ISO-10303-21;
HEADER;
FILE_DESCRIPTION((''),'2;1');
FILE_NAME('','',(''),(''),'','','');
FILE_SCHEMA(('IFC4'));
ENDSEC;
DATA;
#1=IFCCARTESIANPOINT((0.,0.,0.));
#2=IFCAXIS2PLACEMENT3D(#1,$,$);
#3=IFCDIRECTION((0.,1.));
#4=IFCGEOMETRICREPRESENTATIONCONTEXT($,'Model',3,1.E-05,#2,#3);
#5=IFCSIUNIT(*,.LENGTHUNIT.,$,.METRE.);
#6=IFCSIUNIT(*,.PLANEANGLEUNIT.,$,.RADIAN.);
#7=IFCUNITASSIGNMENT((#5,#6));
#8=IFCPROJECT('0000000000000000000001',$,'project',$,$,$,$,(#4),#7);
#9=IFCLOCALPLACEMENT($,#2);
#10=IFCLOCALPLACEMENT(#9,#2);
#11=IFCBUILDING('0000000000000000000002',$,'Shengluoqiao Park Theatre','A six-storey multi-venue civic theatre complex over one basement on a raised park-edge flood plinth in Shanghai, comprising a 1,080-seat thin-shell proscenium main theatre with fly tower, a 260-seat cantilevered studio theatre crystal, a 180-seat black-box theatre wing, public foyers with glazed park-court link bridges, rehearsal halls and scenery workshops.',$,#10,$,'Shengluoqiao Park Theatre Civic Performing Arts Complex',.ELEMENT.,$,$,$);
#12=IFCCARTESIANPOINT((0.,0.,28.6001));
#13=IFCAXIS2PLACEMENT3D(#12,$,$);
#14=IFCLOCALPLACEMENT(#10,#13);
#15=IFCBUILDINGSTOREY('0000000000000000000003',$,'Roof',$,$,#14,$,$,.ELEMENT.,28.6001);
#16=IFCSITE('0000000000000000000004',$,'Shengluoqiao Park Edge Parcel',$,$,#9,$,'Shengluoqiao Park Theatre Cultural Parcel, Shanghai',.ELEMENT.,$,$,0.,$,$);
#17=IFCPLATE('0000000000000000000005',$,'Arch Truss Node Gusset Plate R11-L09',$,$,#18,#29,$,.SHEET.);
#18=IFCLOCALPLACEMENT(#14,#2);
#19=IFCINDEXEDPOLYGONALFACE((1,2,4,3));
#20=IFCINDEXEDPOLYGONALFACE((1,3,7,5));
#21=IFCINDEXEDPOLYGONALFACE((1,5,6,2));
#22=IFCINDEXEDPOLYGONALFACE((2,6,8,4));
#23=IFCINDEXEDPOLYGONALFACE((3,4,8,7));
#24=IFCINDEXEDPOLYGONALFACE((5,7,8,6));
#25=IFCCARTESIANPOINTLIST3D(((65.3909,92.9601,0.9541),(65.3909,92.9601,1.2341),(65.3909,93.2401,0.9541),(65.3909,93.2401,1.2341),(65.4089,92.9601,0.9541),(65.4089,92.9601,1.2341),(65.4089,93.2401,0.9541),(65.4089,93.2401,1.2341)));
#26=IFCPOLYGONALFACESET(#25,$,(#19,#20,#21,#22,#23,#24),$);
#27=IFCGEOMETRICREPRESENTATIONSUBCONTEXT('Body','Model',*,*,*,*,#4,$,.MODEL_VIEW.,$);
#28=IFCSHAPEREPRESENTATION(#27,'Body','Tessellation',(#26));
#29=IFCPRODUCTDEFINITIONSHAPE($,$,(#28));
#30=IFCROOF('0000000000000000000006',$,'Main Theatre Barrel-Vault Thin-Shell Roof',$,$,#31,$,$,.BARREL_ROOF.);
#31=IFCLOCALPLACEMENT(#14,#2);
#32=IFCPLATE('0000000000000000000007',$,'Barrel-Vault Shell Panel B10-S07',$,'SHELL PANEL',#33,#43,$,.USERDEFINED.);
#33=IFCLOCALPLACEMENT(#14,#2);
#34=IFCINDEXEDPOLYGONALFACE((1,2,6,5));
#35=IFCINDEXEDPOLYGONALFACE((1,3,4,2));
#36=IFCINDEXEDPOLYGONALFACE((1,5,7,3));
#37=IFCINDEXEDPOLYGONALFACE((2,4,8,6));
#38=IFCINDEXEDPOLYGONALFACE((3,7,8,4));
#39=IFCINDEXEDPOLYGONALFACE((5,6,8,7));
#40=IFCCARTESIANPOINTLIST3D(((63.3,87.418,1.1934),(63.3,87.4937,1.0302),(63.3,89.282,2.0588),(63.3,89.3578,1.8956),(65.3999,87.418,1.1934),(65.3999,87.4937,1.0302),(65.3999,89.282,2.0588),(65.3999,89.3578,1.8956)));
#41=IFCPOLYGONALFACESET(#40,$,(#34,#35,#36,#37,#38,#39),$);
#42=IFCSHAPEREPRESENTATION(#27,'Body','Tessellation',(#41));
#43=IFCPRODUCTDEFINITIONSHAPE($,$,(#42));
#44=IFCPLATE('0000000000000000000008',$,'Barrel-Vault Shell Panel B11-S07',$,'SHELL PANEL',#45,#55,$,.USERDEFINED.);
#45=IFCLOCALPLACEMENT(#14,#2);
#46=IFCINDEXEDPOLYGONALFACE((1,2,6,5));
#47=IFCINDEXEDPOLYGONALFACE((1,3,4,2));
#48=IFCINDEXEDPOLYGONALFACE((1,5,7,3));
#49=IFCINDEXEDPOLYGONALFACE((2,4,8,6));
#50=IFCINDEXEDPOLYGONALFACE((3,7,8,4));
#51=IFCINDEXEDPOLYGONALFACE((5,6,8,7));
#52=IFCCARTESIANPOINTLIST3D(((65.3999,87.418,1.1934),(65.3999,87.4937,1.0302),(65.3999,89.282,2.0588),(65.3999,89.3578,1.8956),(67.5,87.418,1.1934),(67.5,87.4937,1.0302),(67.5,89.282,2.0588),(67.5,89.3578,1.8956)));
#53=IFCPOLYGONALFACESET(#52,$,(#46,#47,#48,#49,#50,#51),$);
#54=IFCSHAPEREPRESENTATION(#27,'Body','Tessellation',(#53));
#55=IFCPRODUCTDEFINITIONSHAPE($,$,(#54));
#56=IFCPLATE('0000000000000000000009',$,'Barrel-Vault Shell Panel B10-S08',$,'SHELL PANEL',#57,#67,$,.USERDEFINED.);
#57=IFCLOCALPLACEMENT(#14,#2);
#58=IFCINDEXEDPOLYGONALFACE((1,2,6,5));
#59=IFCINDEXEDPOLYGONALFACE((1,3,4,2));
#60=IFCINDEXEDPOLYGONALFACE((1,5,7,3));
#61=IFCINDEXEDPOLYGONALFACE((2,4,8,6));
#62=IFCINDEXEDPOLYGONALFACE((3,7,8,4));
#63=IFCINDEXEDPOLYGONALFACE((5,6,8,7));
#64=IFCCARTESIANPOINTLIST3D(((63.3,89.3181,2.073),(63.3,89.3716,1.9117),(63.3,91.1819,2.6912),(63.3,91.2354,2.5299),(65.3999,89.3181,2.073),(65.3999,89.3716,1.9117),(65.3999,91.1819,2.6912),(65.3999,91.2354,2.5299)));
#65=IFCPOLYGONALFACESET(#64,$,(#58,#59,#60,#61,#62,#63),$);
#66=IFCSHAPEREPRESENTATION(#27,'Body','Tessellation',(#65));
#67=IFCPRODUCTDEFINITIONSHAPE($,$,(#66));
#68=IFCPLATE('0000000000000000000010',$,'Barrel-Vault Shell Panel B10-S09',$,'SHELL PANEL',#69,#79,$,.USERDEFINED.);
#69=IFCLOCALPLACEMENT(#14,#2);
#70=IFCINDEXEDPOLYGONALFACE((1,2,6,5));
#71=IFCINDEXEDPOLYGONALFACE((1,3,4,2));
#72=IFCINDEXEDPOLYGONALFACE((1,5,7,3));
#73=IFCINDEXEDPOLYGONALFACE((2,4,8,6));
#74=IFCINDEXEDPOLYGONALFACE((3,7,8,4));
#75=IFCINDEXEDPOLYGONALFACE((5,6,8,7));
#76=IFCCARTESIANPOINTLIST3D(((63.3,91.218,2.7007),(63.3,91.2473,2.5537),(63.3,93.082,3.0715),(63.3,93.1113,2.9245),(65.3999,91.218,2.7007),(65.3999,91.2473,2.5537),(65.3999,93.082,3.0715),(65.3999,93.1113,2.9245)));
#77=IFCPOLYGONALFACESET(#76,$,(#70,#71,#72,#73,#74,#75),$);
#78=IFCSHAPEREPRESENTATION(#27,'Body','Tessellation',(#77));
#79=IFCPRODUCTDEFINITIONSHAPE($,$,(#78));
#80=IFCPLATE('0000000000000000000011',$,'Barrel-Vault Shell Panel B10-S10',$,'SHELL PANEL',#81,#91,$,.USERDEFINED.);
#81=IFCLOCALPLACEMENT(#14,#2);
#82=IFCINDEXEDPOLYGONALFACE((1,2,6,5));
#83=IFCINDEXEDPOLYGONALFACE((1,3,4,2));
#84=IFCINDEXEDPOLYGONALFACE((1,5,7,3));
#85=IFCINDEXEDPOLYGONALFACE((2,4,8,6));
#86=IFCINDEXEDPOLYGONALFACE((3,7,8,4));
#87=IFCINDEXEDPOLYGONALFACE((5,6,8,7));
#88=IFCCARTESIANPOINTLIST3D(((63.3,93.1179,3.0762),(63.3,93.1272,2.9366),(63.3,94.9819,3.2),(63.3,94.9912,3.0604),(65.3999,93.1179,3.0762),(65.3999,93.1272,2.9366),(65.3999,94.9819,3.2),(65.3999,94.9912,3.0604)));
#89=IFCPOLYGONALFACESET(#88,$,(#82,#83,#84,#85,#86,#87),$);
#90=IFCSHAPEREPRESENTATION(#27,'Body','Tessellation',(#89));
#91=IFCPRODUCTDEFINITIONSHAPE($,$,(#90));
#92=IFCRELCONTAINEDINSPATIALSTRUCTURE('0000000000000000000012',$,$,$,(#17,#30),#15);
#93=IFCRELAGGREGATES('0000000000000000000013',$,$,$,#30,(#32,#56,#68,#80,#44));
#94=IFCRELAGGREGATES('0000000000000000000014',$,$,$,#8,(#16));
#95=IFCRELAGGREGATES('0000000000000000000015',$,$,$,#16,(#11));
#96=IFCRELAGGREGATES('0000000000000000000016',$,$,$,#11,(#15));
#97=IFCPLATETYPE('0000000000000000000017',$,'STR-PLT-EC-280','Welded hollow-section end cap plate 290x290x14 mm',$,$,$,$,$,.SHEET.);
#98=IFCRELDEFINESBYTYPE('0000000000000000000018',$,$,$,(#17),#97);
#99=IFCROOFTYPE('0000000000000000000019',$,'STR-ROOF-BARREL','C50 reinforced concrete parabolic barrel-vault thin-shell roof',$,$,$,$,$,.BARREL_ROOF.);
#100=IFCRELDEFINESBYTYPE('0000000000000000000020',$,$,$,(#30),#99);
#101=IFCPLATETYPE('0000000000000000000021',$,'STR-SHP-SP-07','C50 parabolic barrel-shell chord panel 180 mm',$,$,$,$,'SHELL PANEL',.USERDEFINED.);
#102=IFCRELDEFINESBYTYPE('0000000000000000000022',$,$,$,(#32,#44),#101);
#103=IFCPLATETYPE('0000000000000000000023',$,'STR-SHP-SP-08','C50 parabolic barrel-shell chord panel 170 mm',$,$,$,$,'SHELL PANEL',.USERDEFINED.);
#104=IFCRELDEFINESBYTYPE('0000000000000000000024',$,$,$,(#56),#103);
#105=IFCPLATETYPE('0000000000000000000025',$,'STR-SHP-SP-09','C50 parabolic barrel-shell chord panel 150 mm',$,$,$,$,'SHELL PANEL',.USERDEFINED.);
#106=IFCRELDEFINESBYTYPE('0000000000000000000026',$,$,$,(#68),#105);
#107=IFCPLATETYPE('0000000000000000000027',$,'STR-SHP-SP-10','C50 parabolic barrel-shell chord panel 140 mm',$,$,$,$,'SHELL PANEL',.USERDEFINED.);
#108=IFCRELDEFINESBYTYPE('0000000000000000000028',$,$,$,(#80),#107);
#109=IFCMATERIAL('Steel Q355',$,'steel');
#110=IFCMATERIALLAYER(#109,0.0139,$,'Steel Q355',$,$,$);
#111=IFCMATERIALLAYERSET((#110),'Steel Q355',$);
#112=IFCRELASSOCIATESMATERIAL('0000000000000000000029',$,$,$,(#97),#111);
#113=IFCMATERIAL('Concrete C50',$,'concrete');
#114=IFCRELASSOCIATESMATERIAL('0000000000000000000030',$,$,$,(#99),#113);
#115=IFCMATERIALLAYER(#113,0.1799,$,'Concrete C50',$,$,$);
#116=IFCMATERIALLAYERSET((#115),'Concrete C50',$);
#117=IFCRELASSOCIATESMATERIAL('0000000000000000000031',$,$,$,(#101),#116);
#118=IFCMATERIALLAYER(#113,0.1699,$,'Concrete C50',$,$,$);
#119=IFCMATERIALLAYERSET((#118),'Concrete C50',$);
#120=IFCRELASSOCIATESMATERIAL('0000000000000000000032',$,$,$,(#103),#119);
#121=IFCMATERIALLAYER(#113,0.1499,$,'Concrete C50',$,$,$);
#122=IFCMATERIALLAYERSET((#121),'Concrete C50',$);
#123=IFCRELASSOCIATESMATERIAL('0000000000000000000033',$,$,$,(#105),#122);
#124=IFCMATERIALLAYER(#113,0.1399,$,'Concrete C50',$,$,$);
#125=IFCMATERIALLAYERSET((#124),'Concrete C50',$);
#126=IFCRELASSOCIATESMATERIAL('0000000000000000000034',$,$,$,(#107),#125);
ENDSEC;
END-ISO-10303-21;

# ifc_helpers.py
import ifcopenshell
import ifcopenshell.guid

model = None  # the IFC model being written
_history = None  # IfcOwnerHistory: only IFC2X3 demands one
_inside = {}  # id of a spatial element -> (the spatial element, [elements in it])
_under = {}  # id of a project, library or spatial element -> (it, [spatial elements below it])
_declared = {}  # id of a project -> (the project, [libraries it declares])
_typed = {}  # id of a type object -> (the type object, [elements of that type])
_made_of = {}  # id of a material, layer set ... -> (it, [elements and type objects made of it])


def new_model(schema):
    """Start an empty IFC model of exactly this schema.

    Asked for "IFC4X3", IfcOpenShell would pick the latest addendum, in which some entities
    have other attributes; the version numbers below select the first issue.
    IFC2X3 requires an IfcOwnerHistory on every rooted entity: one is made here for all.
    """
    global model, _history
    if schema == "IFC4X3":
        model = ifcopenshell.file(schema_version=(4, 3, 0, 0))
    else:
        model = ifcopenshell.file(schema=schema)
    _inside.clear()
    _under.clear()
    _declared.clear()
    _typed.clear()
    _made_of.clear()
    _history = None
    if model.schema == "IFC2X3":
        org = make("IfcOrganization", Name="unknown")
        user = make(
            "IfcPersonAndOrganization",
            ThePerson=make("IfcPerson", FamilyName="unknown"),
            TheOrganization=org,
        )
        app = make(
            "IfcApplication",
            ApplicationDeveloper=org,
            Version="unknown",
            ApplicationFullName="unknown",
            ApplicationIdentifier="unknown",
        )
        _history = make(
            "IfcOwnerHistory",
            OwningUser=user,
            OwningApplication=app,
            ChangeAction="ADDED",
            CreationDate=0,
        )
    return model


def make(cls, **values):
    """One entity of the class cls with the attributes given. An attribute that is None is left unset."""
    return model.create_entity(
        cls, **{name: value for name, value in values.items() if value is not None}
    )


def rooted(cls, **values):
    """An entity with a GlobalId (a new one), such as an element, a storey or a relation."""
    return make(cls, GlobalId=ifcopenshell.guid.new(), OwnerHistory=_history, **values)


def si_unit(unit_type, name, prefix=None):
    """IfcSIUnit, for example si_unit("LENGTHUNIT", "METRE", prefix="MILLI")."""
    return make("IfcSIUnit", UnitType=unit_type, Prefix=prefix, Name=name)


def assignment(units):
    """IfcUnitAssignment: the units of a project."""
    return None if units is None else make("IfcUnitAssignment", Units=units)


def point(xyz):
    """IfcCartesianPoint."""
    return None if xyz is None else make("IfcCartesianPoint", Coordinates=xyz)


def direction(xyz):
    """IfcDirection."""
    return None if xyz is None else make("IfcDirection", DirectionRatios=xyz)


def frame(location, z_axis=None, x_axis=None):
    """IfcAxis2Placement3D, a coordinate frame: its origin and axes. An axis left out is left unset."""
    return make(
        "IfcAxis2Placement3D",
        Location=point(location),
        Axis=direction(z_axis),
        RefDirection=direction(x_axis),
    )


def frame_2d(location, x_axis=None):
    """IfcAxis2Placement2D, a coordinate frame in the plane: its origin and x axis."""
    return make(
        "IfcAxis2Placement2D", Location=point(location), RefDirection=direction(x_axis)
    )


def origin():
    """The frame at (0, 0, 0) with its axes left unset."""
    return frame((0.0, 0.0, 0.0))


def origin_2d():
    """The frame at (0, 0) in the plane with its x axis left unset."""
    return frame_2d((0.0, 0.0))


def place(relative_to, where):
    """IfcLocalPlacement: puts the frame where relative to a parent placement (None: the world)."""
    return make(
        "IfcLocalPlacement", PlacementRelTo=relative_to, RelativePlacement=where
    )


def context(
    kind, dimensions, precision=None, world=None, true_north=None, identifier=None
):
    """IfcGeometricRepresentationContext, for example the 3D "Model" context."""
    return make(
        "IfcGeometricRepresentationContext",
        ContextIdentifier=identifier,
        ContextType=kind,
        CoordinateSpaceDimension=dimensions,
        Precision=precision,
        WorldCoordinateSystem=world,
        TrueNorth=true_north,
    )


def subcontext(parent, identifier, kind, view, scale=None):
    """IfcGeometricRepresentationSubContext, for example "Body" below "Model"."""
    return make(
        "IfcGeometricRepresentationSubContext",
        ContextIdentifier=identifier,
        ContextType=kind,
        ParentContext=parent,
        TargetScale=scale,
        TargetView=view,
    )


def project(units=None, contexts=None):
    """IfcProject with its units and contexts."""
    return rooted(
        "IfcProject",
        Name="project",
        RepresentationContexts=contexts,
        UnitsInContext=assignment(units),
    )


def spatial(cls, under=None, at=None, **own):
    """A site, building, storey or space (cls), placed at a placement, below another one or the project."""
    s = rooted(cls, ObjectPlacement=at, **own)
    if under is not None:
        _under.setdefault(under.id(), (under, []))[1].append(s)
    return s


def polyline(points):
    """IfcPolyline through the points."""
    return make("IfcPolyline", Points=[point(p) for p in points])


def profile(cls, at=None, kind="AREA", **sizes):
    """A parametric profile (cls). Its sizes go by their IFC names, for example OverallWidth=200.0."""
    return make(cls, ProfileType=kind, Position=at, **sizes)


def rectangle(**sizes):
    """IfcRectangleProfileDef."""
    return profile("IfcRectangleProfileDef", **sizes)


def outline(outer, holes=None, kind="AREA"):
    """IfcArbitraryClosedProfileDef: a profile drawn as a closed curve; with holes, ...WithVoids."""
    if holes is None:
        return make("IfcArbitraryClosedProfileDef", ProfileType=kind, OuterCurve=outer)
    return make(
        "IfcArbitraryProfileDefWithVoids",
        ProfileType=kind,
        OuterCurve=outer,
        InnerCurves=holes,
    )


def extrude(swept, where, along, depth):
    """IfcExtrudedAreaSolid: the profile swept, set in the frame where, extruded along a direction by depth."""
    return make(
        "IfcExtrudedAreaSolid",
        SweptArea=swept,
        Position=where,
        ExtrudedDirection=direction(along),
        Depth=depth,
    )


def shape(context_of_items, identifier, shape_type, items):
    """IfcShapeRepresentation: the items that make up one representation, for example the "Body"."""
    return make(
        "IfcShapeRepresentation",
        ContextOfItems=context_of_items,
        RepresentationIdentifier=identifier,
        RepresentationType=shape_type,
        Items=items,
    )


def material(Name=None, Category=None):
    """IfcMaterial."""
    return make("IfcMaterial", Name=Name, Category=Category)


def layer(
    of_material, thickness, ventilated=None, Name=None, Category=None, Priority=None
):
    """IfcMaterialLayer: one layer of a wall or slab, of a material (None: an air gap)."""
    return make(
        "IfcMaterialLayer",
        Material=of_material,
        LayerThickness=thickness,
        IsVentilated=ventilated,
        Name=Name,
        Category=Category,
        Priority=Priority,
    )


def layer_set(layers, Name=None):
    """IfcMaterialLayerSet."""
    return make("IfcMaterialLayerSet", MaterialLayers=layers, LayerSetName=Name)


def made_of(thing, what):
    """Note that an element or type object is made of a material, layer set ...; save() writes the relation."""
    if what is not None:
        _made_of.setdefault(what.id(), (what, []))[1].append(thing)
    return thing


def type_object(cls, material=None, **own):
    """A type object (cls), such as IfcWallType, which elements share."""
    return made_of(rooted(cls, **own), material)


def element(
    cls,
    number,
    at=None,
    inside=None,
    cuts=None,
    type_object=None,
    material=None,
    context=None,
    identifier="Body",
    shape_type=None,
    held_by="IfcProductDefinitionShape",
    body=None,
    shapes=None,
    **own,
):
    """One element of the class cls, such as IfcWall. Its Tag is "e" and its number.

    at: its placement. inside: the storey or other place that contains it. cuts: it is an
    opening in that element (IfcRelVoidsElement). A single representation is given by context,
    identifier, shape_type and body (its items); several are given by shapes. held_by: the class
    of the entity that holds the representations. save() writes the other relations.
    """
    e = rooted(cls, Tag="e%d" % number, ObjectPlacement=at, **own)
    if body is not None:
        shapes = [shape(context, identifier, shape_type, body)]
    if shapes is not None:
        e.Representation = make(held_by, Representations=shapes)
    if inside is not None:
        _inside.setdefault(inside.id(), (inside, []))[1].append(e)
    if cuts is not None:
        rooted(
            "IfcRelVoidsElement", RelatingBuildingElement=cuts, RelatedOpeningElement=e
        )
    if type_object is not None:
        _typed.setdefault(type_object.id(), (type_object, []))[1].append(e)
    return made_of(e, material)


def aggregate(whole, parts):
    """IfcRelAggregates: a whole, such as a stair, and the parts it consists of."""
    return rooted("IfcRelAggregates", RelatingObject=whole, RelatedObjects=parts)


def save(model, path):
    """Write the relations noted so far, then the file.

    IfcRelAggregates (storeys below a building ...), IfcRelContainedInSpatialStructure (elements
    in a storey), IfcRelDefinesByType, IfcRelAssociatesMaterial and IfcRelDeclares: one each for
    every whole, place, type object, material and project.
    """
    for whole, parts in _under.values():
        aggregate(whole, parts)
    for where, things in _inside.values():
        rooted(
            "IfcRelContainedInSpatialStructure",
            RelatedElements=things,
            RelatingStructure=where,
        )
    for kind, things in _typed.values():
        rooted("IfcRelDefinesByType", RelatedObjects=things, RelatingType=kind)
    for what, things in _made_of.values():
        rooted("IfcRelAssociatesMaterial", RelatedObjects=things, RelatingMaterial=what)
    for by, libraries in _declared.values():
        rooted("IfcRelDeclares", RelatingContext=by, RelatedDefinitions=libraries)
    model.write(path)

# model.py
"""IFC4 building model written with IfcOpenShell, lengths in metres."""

from ifc_helpers import new_model, si_unit, direction, frame, origin, origin_2d, place, context, subcontext, project, spatial, polyline, rectangle, outline, extrude, material, layer, layer_set, type_object, element, aggregate, save


model = new_model("IFC4")

# Units and contexts
model_context = context("Model", 3, precision=1e-05, world=origin(), true_north=direction((0.0, 1.0)))
body_context = subcontext(model_context, "Body", "Model", "MODEL_VIEW")
ifc_project = project(units=[si_unit("LENGTHUNIT", "METRE"), si_unit("PLANEANGLEUNIT", "RADIAN")], contexts=[model_context])

# Site, building, storey
site_placement = place(None, origin())
site = spatial("IfcSite", under=ifc_project, at=site_placement, Name="Shengluoqiao Park Edge Parcel", LongName="Shengluoqiao Park Theatre Cultural Parcel, Shanghai", CompositionType="ELEMENT", RefElevation=0.0)
building_placement = place(site_placement, origin())
building = spatial("IfcBuilding", under=site, at=building_placement, Name="Shengluoqiao Park Theatre", Description="A six-storey multi-venue civic theatre complex over one basement on a raised park-edge flood plinth in Shanghai, comprising a 1,080-seat thin-shell proscenium main theatre with fly tower, a 260-seat cantilevered studio theatre crystal, a 180-seat black-box theatre wing, public foyers with glazed park-court link bridges, rehearsal halls and scenery workshops.", LongName="Shengluoqiao Park Theatre Civic Performing Arts Complex", CompositionType="ELEMENT")
storey_placement = place(building_placement, frame((0.0, 0.0, 28.6001)))
storey = spatial("IfcBuildingStorey", under=building, at=storey_placement, Name="Roof", CompositionType="ELEMENT", Elevation=28.6001)

# Shared definitions
ifc_material_1 = material(Name="Concrete C50", Category="concrete")
ifc_material_2 = material(Name="Steel Q355", Category="steel")

# Plate
ifc_layer_1 = layer(ifc_material_2, 0.0139, Name="Steel Q355")
ifc_layer_set_1 = layer_set([ifc_layer_1], Name="Steel Q355")
plate_type_1 = type_object("IfcPlateType", Name="STR-PLT-EC-280", Description="Welded hollow-section end cap plate 290x290x14 mm", PredefinedType="SHEET", material=ifc_layer_set_1)
for number, where, z_axis, x_axis, name in (
    (1, (65.3999, 93.1001, 0.9541), (0.0, 0.0, 1.0), (1.0, 0.0, 0.0), "Arch Truss Node Gusset Plate R11-L09"),
):
    element("IfcPlate", number, at=place(storey_placement, frame(where, z_axis=z_axis, x_axis=x_axis)), inside=storey, type_object=plate_type_1, Name=name, PredefinedType="SHEET", context=body_context, shape_type="SweptSolid", body=[
        extrude(rectangle(XDim=0.0181, YDim=0.28, at=origin_2d()), origin(), (0.0, 0.0, 1.0), 0.28),
    ])

# Roof, plates
roof_type = type_object("IfcRoofType", Name="STR-ROOF-BARREL", Description="C50 reinforced concrete parabolic barrel-vault thin-shell roof", PredefinedType="BARREL_ROOF", material=ifc_material_1)
roof_placement = place(storey_placement, origin())
roof = element("IfcRoof", 2, at=roof_placement, inside=storey, type_object=roof_type, Name="Main Theatre Barrel-Vault Thin-Shell Roof", PredefinedType="BARREL_ROOF")
ifc_layer_2 = layer(ifc_material_1, 0.1799, Name="Concrete C50")
ifc_layer_set_2 = layer_set([ifc_layer_2], Name="Concrete C50")
plate_type_2 = type_object("IfcPlateType", Name="STR-SHP-SP-07", Description="C50 parabolic barrel-shell chord panel 180 mm", ElementType="SHELL PANEL", PredefinedType="USERDEFINED", material=ifc_layer_set_2)
plate_1_placement = place(storey_placement, frame((63.3, 87.418, 1.1934), z_axis=(0.0, -0.421129, 0.907001), x_axis=(1.0, 0.0, 0.0)))
plate_1 = element("IfcPlate", 3, at=plate_1_placement, type_object=plate_type_2, Name="Barrel-Vault Shell Panel B10-S07", ObjectType="SHELL PANEL", PredefinedType="USERDEFINED", context=body_context, shape_type="SweptSolid", body=[
    extrude(outline(polyline([(0.0, 0.0), (2.0999, 0.0), (2.0999, 2.0551), (0.0, 2.0551), (0.0, 0.0)])), origin(), (0.0, 0.0, -1.0), 0.1799),
])
plate_2_placement = place(storey_placement, frame((65.3999, 87.418, 1.1934), z_axis=(0.0, -0.421129, 0.907001), x_axis=(1.0, 0.0, 0.0)))
plate_2 = element("IfcPlate", 4, at=plate_2_placement, type_object=plate_type_2, Name="Barrel-Vault Shell Panel B11-S07", ObjectType="SHELL PANEL", PredefinedType="USERDEFINED", context=body_context, shape_type="SweptSolid", body=[
    extrude(outline(polyline([(0.0, 0.0), (2.1001, 0.0), (2.1001, 2.0551), (0.0, 2.0551), (0.0, 0.0)])), origin(), (0.0, 0.0, -1.0), 0.1799),
])
ifc_layer_3 = layer(ifc_material_1, 0.1699, Name="Concrete C50")
ifc_layer_set_3 = layer_set([ifc_layer_3], Name="Concrete C50")
plate_type_3 = type_object("IfcPlateType", Name="STR-SHP-SP-08", Description="C50 parabolic barrel-shell chord panel 170 mm", ElementType="SHELL PANEL", PredefinedType="USERDEFINED", material=ifc_layer_set_3)
plate_3_placement = place(storey_placement, frame((63.3, 89.3181, 2.073), z_axis=(0.0, -0.31481, 0.949155), x_axis=(1.0, 0.0, 0.0)))
plate_3 = element("IfcPlate", 5, at=plate_3_placement, type_object=plate_type_3, Name="Barrel-Vault Shell Panel B10-S08", ObjectType="SHELL PANEL", PredefinedType="USERDEFINED", context=body_context, shape_type="SweptSolid", body=[
    extrude(outline(polyline([(0.0, 0.0), (2.0999, 0.0), (2.0999, 1.9636), (0.0, 1.9636), (0.0, 0.0)])), origin(), (0.0, 0.0, -1.0), 0.1699),
])
ifc_layer_4 = layer(ifc_material_1, 0.1499, Name="Concrete C50")
ifc_layer_set_4 = layer_set([ifc_layer_4], Name="Concrete C50")
plate_type_4 = type_object("IfcPlateType", Name="STR-SHP-SP-09", Description="C50 parabolic barrel-shell chord panel 150 mm", ElementType="SHELL PANEL", PredefinedType="USERDEFINED", material=ifc_layer_set_4)
plate_4_placement = place(storey_placement, frame((63.3, 91.218, 2.7007), z_axis=(0.0, -0.195128, 0.980778), x_axis=(1.0, 0.0, 0.0)))
plate_4 = element("IfcPlate", 6, at=plate_4_placement, type_object=plate_type_4, Name="Barrel-Vault Shell Panel B10-S09", ObjectType="SHELL PANEL", PredefinedType="USERDEFINED", context=body_context, shape_type="SweptSolid", body=[
    extrude(outline(polyline([(0.0, 0.0), (2.0999, 0.0), (2.0999, 1.9005), (0.0, 1.9005), (0.0, 0.0)])), origin(), (0.0, 0.0, -1.0), 0.1499),
])
ifc_layer_5 = layer(ifc_material_1, 0.1399, Name="Concrete C50")
ifc_layer_set_5 = layer_set([ifc_layer_5], Name="Concrete C50")
plate_type_5 = type_object("IfcPlateType", Name="STR-SHP-SP-10", Description="C50 parabolic barrel-shell chord panel 140 mm", ElementType="SHELL PANEL", PredefinedType="USERDEFINED", material=ifc_layer_set_5)
plate_5_placement = place(storey_placement, frame((63.3, 93.1179, 3.0762), z_axis=(0.0, -0.066259, 0.997802), x_axis=(1.0, 0.0, 0.0)))
plate_5 = element("IfcPlate", 7, at=plate_5_placement, type_object=plate_type_5, Name="Barrel-Vault Shell Panel B10-S10", ObjectType="SHELL PANEL", PredefinedType="USERDEFINED", context=body_context, shape_type="SweptSolid", body=[
    extrude(outline(polyline([(0.0, 0.0), (2.0999, 0.0), (2.0999, 1.8681), (0.0, 1.8681), (0.0, 0.0)])), origin(), (0.0, 0.0, -1.0), 0.1399),
])
aggregate(roof, [plate_1, plate_3, plate_4, plate_5, plate_2])

save(model, "model.ifc")
